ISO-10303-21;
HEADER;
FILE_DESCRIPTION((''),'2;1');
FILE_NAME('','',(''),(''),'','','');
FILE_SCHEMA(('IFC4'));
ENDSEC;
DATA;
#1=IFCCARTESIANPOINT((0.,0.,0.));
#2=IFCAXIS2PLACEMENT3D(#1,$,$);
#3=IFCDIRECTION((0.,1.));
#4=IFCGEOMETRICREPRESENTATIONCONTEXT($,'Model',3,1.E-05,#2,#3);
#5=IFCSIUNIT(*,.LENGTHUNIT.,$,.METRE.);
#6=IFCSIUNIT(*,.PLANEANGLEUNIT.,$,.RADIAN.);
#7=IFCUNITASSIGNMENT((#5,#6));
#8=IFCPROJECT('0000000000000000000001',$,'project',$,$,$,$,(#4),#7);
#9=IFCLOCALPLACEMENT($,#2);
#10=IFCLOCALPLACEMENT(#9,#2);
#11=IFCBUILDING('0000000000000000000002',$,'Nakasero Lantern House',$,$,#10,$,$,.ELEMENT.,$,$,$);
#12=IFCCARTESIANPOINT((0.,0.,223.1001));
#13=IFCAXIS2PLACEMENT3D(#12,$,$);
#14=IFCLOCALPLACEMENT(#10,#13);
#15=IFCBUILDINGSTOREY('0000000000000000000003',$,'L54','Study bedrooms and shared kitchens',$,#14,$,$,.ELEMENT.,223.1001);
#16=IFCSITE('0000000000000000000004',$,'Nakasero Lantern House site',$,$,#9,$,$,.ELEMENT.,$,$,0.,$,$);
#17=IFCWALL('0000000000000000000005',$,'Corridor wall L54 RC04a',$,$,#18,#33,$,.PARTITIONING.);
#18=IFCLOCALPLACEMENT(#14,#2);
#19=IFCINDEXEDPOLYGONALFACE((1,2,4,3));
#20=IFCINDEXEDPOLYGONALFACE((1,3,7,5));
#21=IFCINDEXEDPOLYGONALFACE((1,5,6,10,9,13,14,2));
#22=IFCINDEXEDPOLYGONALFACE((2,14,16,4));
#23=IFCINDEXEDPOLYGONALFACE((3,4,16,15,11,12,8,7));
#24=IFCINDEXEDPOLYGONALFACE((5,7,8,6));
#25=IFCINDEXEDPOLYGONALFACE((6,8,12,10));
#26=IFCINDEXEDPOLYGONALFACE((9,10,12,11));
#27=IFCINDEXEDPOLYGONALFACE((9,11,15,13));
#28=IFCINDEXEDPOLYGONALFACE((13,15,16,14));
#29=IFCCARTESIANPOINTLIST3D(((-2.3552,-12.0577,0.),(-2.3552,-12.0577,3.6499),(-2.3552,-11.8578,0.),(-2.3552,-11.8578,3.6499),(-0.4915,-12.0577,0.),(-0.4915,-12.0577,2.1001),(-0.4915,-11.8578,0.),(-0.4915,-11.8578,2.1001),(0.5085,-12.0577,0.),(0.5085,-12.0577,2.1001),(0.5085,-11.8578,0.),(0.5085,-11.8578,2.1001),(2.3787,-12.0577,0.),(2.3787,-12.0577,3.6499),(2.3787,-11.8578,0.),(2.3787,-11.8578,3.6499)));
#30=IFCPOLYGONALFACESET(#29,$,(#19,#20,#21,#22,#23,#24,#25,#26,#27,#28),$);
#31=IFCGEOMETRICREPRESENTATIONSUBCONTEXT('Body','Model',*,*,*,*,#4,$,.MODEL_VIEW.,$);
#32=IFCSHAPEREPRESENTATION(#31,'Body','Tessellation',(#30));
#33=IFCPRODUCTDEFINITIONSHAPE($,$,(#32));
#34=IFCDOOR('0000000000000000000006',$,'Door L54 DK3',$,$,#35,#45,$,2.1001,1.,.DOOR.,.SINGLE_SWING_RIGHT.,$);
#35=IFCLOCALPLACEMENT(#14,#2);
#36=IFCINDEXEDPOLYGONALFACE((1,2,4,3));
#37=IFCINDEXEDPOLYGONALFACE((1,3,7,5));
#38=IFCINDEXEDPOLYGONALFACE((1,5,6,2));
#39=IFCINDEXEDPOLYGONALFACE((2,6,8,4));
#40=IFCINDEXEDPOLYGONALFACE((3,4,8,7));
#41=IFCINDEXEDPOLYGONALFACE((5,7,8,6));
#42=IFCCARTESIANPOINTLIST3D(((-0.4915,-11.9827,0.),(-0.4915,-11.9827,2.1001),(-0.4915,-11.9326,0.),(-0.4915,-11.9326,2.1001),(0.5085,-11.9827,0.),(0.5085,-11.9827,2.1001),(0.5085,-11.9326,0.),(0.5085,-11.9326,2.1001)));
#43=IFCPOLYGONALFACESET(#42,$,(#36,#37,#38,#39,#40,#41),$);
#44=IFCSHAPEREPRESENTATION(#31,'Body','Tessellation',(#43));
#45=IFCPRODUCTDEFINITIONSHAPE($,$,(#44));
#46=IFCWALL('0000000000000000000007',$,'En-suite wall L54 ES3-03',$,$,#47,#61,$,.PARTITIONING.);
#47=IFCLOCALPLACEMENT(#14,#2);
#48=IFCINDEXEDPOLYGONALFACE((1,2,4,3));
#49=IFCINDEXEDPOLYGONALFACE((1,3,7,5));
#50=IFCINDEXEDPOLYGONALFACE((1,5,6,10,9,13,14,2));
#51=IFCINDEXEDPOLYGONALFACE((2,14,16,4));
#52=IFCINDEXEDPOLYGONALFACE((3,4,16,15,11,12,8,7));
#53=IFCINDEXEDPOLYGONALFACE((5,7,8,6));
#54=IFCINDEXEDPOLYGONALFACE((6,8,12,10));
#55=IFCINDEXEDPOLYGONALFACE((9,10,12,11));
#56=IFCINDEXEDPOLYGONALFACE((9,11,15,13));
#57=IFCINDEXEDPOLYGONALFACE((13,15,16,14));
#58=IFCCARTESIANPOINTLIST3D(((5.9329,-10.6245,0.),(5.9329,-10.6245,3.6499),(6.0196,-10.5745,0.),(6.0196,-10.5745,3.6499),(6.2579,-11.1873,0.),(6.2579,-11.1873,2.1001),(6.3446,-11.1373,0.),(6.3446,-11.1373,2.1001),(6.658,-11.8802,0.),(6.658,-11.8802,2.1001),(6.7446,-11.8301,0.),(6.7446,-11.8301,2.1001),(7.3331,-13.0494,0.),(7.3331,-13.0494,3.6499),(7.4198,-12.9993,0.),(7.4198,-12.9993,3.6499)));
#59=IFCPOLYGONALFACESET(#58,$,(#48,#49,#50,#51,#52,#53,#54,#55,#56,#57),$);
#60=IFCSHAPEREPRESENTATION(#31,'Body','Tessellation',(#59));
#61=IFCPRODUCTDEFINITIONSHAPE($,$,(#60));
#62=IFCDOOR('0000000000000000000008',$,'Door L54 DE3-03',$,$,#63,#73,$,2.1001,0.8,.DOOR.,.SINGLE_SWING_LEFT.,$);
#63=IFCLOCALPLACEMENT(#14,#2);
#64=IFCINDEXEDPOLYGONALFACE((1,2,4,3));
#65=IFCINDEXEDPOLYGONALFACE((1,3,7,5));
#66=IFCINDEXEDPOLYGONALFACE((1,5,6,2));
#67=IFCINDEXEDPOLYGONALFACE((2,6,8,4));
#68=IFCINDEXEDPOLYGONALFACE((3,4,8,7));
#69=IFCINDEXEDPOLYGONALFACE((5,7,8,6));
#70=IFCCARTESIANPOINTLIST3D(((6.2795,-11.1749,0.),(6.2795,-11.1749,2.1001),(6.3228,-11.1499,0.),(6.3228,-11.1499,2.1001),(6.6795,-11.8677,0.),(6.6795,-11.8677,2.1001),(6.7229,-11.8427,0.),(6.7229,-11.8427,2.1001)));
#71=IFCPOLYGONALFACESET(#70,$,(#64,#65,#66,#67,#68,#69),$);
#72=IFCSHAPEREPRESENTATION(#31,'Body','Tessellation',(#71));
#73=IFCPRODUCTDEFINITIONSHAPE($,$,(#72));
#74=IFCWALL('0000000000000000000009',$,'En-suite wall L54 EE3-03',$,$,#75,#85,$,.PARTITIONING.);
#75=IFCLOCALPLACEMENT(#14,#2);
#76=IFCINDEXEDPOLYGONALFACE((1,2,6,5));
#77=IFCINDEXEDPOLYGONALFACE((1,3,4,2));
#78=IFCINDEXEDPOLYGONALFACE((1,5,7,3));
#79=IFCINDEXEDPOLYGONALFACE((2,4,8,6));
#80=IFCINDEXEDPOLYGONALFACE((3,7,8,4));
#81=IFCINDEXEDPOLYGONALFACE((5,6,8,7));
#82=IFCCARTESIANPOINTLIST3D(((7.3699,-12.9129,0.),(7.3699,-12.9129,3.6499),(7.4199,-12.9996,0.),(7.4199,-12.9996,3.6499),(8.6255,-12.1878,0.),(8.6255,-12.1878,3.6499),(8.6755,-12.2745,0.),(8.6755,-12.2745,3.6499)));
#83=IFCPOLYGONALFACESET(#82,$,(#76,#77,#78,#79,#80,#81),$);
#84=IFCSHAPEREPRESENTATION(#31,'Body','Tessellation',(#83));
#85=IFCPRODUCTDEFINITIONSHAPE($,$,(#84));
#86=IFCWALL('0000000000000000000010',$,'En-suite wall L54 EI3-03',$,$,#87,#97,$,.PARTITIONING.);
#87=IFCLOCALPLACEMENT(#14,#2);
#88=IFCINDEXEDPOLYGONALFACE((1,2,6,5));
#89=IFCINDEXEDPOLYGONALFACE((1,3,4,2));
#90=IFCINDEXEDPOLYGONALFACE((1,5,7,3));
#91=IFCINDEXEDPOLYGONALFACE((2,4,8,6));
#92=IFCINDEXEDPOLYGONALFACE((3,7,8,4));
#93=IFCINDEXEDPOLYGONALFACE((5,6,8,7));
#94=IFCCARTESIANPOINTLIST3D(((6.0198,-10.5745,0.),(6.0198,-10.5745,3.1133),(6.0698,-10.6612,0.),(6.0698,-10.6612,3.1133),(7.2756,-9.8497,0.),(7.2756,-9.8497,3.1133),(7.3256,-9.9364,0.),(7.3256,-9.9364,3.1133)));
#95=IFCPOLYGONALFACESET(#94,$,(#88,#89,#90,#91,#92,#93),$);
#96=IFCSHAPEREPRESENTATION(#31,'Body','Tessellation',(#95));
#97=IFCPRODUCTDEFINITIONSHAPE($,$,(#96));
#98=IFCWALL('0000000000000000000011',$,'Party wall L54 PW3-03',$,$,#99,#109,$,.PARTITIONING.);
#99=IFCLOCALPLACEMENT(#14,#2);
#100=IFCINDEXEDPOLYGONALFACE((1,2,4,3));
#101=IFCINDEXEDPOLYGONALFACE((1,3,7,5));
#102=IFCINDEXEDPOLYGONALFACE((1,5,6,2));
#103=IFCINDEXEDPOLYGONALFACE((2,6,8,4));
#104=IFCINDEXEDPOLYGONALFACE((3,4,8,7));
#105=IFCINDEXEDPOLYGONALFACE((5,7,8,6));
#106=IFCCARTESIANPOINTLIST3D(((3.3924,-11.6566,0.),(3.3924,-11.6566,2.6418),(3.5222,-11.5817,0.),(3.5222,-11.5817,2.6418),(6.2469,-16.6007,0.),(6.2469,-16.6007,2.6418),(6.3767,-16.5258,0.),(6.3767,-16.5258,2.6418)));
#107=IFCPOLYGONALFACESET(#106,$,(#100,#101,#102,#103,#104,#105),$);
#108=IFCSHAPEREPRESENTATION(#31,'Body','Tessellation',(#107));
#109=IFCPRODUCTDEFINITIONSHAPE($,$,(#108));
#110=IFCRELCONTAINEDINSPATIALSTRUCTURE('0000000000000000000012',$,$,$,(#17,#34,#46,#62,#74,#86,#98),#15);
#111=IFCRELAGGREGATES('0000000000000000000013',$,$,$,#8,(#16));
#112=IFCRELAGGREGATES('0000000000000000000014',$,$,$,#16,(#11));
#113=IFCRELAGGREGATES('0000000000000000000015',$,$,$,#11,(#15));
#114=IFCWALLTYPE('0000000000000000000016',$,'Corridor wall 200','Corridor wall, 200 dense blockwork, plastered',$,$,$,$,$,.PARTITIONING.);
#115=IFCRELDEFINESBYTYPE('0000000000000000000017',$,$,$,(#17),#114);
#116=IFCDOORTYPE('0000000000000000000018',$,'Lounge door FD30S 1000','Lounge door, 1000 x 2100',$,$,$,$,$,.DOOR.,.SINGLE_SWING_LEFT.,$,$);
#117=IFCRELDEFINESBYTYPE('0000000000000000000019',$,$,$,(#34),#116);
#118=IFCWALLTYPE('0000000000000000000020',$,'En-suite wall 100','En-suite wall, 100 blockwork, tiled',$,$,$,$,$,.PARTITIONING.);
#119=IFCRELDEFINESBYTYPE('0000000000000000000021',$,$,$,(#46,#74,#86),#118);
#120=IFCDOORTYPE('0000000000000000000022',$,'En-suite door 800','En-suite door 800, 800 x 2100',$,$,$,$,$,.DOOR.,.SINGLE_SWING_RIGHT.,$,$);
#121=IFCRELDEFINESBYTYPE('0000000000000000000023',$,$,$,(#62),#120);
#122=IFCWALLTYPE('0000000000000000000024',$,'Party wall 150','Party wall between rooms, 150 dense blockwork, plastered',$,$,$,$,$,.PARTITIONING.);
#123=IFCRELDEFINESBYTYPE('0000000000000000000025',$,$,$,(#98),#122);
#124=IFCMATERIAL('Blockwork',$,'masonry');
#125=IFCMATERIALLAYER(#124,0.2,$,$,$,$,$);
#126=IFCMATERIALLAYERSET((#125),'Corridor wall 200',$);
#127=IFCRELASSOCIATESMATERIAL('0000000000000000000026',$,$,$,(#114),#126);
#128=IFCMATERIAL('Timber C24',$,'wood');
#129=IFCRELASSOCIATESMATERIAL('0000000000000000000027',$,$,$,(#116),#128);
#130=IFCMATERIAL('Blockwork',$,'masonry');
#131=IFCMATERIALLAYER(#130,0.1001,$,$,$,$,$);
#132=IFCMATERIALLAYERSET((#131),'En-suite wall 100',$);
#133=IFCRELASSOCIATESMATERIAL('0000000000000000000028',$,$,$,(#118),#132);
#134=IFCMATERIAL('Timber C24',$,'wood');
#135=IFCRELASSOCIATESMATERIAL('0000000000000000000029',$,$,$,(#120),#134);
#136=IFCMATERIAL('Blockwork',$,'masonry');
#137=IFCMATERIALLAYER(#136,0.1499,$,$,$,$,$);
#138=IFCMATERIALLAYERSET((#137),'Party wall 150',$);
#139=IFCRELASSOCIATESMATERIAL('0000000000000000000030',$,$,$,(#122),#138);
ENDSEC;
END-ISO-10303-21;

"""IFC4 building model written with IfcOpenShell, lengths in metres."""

from ifc_helpers import new_model, si_unit, direction, frame, frame_2d, origin, place, context, subcontext, project, spatial, rectangle, extrude, material, layer, layer_set, type_object, element, fill, save


model = new_model("IFC4")

# Units and contexts
model_context = context("Model", 3, precision=1e-05, world=origin(), true_north=direction((0.0, 1.0)))
body_context = subcontext(model_context, "Body", "Model", "MODEL_VIEW")
ifc_project = project(units=[si_unit("LENGTHUNIT", "METRE"), si_unit("PLANEANGLEUNIT", "RADIAN")], contexts=[model_context])

# Site, building, storey
site_placement = place(None, origin())
site = spatial("IfcSite", under=ifc_project, at=site_placement, Name="Nakasero Lantern House site", CompositionType="ELEMENT", RefElevation=0.0)
building_placement = place(site_placement, origin())
building = spatial("IfcBuilding", under=site, at=building_placement, Name="Nakasero Lantern House", CompositionType="ELEMENT")
storey_placement = place(building_placement, frame((0.0, 0.0, 223.1001)))
storey = spatial("IfcBuildingStorey", under=building, at=storey_placement, Name="L54", Description="Study bedrooms and shared kitchens", CompositionType="ELEMENT", Elevation=223.1001)

# Walls, openings, doors
ifc_material_1 = material(Name="Blockwork", Category="masonry")
ifc_layer_1 = layer(ifc_material_1, 0.2)
ifc_layer_set_1 = layer_set([ifc_layer_1], Name="Corridor wall 200")
wall_type_1 = type_object("IfcWallType", Name="Corridor wall 200", Description="Corridor wall, 200 dense blockwork, plastered", PredefinedType="PARTITIONING", material=ifc_layer_set_1)
wall_1_placement = place(storey_placement, frame((2.3787, -11.9578, 0.0), z_axis=(0.0, 0.0, 1.0), x_axis=(-1.0, 0.0, 0.0)))
wall_1 = element("IfcWall", 1, at=wall_1_placement, inside=storey, type_object=wall_type_1, Name="Corridor wall L54 RC04a", PredefinedType="PARTITIONING", context=body_context, shape_type="SweptSolid", body=[
    extrude(rectangle(XDim=4.7339, YDim=0.2, at=frame_2d((2.3669, 0.0))), origin(), (0.0, 0.0, 1.0), 3.6499),
])
opening_1_placement = place(wall_1_placement, frame((1.8701, 0.0, 0.0)))
opening_1 = element("IfcOpeningElement", 2, at=opening_1_placement, cuts=wall_1, PredefinedType="OPENING", context=body_context, shape_type="SweptSolid", body=[
    extrude(rectangle(XDim=1.0, YDim=2.1001, at=frame_2d((0.5, 1.05))), frame((0.0, 0.1199, 0.0), z_axis=(0.0, -1.0, 0.0), x_axis=(1.0, 0.0, 0.0)), (0.0, 0.0, 1.0), 0.24),
])
ifc_material_2 = material(Name="Timber C24", Category="wood")
door_type_1 = type_object("IfcDoorType", Name="Lounge door FD30S 1000", Description="Lounge door, 1000 x 2100", OperationType="SINGLE_SWING_LEFT", PredefinedType="DOOR", material=ifc_material_2)
door_1_placement = place(opening_1_placement, origin())
door_1 = element("IfcDoor", 3, at=door_1_placement, inside=storey, type_object=door_type_1, Name="Door L54 DK3", OperationType="SINGLE_SWING_RIGHT", OverallHeight=2.1001, OverallWidth=1.0, PredefinedType="DOOR", context=body_context, shape_type="SweptSolid", body=[
    extrude(rectangle(XDim=1.0, YDim=2.1001, at=frame_2d((0.5, 1.05))), frame((0.0, 0.0249, 0.0), z_axis=(0.0, -1.0, 0.0), x_axis=(1.0, 0.0, 0.0)), (0.0, 0.0, 1.0), 0.05),
])
fill(opening_1, door_1)
ifc_material_3 = material(Name="Blockwork", Category="masonry")
ifc_layer_2 = layer(ifc_material_3, 0.1001)
ifc_layer_set_2 = layer_set([ifc_layer_2], Name="En-suite wall 100")
wall_type_2 = type_object("IfcWallType", Name="En-suite wall 100", Description="En-suite wall, 100 blockwork, tiled", PredefinedType="PARTITIONING", material=ifc_layer_set_2)
wall_2_placement = place(storey_placement, frame((5.9763, -10.5996, 0.0), z_axis=(0.0, 0.0, 1.0), x_axis=(0.50005, -0.865997, 0.0)))
wall_2 = element("IfcWall", 4, at=wall_2_placement, inside=storey, type_object=wall_type_2, Name="En-suite wall L54 ES3-03", PredefinedType="PARTITIONING", context=body_context, shape_type="SweptSolid", body=[
    extrude(rectangle(XDim=2.8, YDim=0.1001, at=frame_2d((1.3999, 0.0))), origin(), (0.0, 0.0, 1.0), 3.6499),
])
opening_2_placement = place(wall_2_placement, frame((0.6499, 0.0, 0.0)))
opening_2 = element("IfcOpeningElement", 5, at=opening_2_placement, cuts=wall_2, PredefinedType="OPENING", context=body_context, shape_type="SweptSolid", body=[
    extrude(rectangle(XDim=0.8, YDim=2.1001, at=frame_2d((0.3999, 1.05))), frame((0.0, 0.0701, 0.0), z_axis=(0.0, -1.0, 0.0), x_axis=(1.0, 0.0, 0.0)), (0.0, 0.0, 1.0), 0.1401),
])
ifc_material_4 = material(Name="Timber C24", Category="wood")
door_type_2 = type_object("IfcDoorType", Name="En-suite door 800", Description="En-suite door 800, 800 x 2100", OperationType="SINGLE_SWING_RIGHT", PredefinedType="DOOR", material=ifc_material_4)
door_2_placement = place(opening_2_placement, origin())
door_2 = element("IfcDoor", 6, at=door_2_placement, inside=storey, type_object=door_type_2, Name="Door L54 DE3-03", OperationType="SINGLE_SWING_LEFT", OverallHeight=2.1001, OverallWidth=0.8, PredefinedType="DOOR", context=body_context, shape_type="SweptSolid", body=[
    extrude(rectangle(XDim=0.8, YDim=2.1001, at=frame_2d((0.3999, 1.05))), frame((0.0, 0.0249, 0.0), z_axis=(0.0, -1.0, 0.0), x_axis=(1.0, 0.0, 0.0)), (0.0, 0.0, 1.0), 0.05),
])
fill(opening_2, door_2)

# Walls
wall_3_placement = place(storey_placement, frame((7.3948, -12.9563, 0.0), z_axis=(0.0, 0.0, 1.0), x_axis=(0.865975, 0.500087, 0.0)))
element("IfcWall", 7, at=wall_3_placement, inside=storey, type_object=wall_type_2, Name="En-suite wall L54 EE3-03", PredefinedType="PARTITIONING", context=body_context, shape_type="SweptSolid", body=[
    extrude(rectangle(XDim=1.45, YDim=0.1001, at=frame_2d((0.7251, 0.0))), origin(), (0.0, 0.0, 1.0), 3.6499),
])
wall_4_placement = place(storey_placement, frame((6.0447, -10.6179, 0.0), z_axis=(0.0, 0.0, 1.0), x_axis=(0.86609, 0.499888, 0.0)))
element("IfcWall", 8, at=wall_4_placement, inside=storey, type_object=wall_type_2, Name="En-suite wall L54 EI3-03", PredefinedType="PARTITIONING", context=body_context, shape_type="SweptSolid", body=[
    extrude(rectangle(XDim=1.45, YDim=0.1001, at=frame_2d((0.7251, 0.0))), origin(), (0.0, 0.0, 1.0), 3.1133),
])
ifc_material_5 = material(Name="Blockwork", Category="masonry")
ifc_layer_3 = layer(ifc_material_5, 0.1499)
ifc_layer_set_3 = layer_set([ifc_layer_3], Name="Party wall 150")
wall_type_3 = type_object("IfcWallType", Name="Party wall 150", Description="Party wall between rooms, 150 dense blockwork, plastered", PredefinedType="PARTITIONING", material=ifc_layer_set_3)
wall_5_placement = place(storey_placement, frame((3.4573, -11.6191, 0.0), z_axis=(0.0, 0.0, 1.0), x_axis=(0.500003, -0.866024, 0.0)))
element("IfcWall", 9, at=wall_5_placement, inside=storey, type_object=wall_type_3, Name="Party wall L54 PW3-03", PredefinedType="PARTITIONING", context=body_context, shape_type="SweptSolid", body=[
    extrude(rectangle(XDim=5.709, YDim=0.1499, at=frame_2d((2.8545, 0.0))), origin(), (0.0, 0.0, 1.0), 2.6418),
])

save(model, "model.ifc")
